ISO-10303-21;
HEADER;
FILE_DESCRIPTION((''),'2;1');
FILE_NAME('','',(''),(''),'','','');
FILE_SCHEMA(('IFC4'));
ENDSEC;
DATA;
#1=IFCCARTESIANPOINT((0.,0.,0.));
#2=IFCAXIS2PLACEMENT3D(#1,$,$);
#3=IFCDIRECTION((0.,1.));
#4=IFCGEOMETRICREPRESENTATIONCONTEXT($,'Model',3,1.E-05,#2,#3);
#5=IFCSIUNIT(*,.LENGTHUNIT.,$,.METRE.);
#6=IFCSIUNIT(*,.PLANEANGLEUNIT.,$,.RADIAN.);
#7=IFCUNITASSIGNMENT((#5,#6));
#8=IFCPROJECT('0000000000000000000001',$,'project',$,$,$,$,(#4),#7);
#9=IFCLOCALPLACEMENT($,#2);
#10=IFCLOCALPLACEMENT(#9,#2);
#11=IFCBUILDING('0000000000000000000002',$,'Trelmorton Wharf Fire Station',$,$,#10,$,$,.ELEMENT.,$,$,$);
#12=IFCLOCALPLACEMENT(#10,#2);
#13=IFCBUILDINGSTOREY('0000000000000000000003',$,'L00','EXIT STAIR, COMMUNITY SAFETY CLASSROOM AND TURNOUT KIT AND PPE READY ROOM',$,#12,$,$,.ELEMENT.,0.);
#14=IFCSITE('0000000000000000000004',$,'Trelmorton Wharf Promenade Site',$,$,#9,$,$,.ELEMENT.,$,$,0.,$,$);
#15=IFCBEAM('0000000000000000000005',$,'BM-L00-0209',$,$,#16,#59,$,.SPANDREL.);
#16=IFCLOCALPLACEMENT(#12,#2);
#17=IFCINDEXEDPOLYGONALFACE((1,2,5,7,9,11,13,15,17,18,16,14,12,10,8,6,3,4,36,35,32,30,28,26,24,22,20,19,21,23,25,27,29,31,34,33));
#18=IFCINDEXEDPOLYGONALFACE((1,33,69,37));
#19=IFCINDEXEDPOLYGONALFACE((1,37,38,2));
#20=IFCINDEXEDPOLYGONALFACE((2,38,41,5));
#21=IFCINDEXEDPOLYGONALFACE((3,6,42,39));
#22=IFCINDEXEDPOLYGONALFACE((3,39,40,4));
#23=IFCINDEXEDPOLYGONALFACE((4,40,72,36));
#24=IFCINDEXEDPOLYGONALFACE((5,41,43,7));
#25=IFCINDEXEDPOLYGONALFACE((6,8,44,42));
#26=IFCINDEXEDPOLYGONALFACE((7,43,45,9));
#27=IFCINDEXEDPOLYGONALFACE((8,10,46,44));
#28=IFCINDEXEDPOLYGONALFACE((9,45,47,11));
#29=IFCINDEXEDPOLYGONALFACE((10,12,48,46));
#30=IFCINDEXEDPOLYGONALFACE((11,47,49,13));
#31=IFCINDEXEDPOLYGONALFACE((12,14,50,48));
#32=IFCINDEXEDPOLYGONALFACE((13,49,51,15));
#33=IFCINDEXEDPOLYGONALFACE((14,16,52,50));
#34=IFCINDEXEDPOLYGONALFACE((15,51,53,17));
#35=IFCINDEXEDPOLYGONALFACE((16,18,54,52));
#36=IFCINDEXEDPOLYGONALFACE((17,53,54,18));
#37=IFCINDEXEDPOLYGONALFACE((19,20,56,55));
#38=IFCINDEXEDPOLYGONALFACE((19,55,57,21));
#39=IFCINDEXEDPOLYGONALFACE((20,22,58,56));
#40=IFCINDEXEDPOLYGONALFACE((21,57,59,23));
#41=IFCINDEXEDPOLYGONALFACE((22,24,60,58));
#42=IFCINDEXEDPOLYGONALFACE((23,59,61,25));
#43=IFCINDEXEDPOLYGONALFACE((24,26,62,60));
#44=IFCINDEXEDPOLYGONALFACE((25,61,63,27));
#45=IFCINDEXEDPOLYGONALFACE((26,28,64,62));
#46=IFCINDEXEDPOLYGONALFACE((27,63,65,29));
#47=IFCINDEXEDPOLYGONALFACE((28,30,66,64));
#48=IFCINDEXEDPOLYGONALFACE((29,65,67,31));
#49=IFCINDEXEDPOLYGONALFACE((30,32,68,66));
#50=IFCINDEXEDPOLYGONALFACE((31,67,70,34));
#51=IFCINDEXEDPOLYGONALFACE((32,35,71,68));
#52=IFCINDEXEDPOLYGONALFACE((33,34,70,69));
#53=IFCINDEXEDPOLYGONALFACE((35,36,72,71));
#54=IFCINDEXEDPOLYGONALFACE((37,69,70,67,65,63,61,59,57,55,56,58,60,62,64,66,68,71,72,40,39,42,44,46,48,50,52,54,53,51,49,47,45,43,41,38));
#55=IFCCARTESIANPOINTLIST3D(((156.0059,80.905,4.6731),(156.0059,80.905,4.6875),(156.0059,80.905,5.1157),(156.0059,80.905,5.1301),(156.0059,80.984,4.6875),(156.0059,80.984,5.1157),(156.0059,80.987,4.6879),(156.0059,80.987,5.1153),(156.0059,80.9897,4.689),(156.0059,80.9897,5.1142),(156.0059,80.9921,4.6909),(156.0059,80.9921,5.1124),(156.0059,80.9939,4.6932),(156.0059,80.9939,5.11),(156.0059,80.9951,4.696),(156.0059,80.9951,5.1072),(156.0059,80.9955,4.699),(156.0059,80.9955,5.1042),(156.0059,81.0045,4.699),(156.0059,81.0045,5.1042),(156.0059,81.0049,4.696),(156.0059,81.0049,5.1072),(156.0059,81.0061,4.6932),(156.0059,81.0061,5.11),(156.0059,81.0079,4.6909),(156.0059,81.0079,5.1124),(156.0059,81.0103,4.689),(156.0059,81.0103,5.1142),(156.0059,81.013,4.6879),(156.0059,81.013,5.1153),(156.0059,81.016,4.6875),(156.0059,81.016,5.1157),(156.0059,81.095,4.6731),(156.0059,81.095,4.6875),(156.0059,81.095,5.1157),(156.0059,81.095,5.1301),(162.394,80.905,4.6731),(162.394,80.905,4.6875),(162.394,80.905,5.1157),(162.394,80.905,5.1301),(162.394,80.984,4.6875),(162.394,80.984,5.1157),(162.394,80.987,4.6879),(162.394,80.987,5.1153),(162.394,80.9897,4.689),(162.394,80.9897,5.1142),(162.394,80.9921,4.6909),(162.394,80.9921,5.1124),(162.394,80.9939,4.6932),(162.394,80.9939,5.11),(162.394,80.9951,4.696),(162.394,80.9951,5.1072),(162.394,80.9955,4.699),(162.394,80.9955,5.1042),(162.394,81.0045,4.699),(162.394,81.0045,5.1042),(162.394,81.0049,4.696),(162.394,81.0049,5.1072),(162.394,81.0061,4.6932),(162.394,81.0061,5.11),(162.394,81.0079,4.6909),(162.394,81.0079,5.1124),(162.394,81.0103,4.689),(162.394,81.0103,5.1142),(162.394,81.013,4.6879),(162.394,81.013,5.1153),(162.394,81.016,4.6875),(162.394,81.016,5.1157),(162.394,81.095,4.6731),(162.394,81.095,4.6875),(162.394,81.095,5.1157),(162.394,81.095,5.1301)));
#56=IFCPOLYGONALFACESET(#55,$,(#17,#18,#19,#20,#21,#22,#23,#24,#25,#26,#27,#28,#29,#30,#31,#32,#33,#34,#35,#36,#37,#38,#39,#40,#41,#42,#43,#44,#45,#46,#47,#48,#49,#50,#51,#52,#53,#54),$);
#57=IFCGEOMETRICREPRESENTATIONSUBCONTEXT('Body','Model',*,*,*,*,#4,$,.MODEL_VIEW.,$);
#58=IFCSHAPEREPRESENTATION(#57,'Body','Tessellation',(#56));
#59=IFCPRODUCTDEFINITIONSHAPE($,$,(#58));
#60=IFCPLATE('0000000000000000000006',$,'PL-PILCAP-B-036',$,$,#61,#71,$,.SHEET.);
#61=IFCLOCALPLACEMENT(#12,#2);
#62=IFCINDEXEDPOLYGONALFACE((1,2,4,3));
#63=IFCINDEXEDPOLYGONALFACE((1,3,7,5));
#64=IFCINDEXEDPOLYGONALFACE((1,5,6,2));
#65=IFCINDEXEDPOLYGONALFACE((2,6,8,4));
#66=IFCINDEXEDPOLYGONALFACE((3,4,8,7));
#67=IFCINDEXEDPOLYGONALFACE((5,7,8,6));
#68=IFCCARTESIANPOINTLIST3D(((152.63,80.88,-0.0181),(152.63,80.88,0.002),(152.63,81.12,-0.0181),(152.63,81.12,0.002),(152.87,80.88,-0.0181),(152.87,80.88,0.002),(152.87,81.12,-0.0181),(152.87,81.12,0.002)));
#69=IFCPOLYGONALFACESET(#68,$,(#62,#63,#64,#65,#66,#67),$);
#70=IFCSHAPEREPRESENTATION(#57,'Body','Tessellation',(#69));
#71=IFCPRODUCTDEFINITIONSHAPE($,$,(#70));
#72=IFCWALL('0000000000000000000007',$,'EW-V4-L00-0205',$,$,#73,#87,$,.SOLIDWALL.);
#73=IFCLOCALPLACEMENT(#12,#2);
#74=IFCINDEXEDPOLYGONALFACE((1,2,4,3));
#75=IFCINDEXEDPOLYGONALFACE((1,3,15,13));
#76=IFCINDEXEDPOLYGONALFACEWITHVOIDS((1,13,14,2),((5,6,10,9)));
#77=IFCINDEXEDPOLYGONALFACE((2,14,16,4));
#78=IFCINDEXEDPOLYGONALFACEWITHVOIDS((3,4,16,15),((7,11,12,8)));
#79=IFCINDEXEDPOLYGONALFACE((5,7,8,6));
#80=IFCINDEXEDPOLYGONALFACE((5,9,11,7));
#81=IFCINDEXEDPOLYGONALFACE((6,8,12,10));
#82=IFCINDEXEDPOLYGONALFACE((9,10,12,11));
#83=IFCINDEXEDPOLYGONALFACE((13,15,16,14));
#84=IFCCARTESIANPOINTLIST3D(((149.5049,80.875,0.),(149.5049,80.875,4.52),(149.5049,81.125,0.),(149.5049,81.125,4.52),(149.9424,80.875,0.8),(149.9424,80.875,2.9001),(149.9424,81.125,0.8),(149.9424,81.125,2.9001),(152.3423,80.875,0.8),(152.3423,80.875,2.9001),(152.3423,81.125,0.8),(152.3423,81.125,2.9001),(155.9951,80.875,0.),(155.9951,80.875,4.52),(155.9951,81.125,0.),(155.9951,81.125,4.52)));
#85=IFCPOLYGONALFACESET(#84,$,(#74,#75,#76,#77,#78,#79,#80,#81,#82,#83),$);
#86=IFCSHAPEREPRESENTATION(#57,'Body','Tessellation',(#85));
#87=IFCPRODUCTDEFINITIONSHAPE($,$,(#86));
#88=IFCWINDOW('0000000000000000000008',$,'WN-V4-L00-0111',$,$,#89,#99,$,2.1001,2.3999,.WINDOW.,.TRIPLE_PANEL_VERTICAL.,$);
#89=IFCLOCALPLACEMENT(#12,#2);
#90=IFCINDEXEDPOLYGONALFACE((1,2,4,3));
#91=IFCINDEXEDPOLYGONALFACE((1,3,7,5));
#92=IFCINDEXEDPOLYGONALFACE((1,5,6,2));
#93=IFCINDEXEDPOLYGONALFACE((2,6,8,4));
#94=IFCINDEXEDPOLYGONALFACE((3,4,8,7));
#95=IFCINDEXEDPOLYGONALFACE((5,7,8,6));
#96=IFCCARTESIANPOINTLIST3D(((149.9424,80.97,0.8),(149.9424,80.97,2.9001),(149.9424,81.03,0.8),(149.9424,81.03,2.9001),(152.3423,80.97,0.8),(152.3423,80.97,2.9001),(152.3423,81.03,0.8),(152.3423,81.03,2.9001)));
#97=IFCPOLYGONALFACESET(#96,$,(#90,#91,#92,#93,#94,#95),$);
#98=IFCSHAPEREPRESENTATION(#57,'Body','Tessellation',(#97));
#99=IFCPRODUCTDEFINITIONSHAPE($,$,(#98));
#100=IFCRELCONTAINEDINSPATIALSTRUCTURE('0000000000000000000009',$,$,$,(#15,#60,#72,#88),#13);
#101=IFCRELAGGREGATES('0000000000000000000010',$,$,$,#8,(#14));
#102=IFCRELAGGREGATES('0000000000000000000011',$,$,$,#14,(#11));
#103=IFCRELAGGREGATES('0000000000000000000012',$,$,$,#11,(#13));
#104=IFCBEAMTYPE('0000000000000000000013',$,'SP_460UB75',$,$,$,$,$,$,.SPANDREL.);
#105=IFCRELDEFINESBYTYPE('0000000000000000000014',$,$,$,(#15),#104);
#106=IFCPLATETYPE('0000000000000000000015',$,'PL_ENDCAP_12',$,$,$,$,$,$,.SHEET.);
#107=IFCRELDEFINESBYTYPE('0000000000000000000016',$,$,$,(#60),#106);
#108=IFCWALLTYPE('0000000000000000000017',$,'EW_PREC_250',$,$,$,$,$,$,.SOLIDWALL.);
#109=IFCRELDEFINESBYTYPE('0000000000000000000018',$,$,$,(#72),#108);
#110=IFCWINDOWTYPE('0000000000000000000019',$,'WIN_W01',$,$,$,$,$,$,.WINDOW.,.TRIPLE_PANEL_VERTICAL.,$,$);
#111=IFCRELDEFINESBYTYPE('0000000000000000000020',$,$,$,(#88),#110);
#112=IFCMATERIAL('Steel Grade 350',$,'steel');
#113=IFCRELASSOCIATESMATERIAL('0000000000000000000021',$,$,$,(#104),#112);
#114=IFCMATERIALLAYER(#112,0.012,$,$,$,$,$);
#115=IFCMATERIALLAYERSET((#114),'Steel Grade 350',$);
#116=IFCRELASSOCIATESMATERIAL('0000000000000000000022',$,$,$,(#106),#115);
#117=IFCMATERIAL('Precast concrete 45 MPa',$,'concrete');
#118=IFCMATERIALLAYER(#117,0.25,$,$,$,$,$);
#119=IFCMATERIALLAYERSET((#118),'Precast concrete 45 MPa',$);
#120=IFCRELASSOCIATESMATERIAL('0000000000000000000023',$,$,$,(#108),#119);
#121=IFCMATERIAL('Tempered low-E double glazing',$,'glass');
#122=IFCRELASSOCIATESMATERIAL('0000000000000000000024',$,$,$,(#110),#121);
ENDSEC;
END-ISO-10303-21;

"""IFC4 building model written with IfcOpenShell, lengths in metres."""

from ifc_helpers import new_model, si_unit, direction, frame, frame_2d, origin, origin_2d, place, context, subcontext, project, spatial, rectangle, i_section, extrude, material, layer, layer_set, material_profile, profile_set, type_object, element, fill, save


model = new_model("IFC4")

# Units and contexts
model_context = context("Model", 3, precision=1e-05, world=origin(), true_north=direction((0.0, 1.0)))
body_context = subcontext(model_context, "Body", "Model", "MODEL_VIEW")
ifc_project = project(units=[si_unit("LENGTHUNIT", "METRE"), si_unit("PLANEANGLEUNIT", "RADIAN")], contexts=[model_context])

# Site, building, storey
site_placement = place(None, origin())
site = spatial("IfcSite", under=ifc_project, at=site_placement, Name="Trelmorton Wharf Promenade Site", CompositionType="ELEMENT", RefElevation=0.0)
building_placement = place(site_placement, origin())
building = spatial("IfcBuilding", under=site, at=building_placement, Name="Trelmorton Wharf Fire Station", CompositionType="ELEMENT")
storey_placement = place(building_placement, origin())
storey = spatial("IfcBuildingStorey", under=building, at=storey_placement, Name="L00", Description="EXIT STAIR, COMMUNITY SAFETY CLASSROOM AND TURNOUT KIT AND PPE READY ROOM", CompositionType="ELEMENT", Elevation=0.0)

# Shared definitions
ifc_material_1 = material(Name="Steel Grade 350", Category="steel")

# Beam
ifc_material_profile_1 = material_profile(ifc_material_1, i_section(OverallWidth=0.1899, OverallDepth=0.457, WebThickness=0.009, FlangeThickness=0.0144, FilletRadius=0.0115, at=origin_2d()), Name="460UB74.6")
ifc_profile_set_1 = profile_set([ifc_material_profile_1], Name="Steel Grade 350")
beam_type_1 = type_object("IfcBeamType", Name="SP_460UB75", PredefinedType="SPANDREL", material=ifc_profile_set_1)
beam_1_placement = place(storey_placement, frame((156.0059, 81.0, 4.9016), z_axis=(1.0, 0.0, 0.0), x_axis=(0.0, 1.0, 0.0)))
element("IfcBeam", 1, at=beam_1_placement, inside=storey, type_object=beam_type_1, Name="BM-L00-0209", PredefinedType="SPANDREL", context=body_context, shape_type="SweptSolid", body=[
    extrude(i_section(OverallWidth=0.1899, OverallDepth=0.457, WebThickness=0.009, FlangeThickness=0.0144, FilletRadius=0.0115, at=origin_2d()), origin(), (0.0, 0.0, 1.0), 6.3882),
])

# Plate
ifc_layer_1 = layer(ifc_material_1, 0.012)
ifc_layer_set_1 = layer_set([ifc_layer_1], Name="Steel Grade 350")
plate_type = type_object("IfcPlateType", Name="PL_ENDCAP_12", PredefinedType="SHEET", material=ifc_layer_set_1)
plate_placement = place(storey_placement, frame((152.75, 81.0, -0.0181), z_axis=(0.0, 0.0, 1.0), x_axis=(1.0, 0.0, 0.0)))
element("IfcPlate", 2, at=plate_placement, inside=storey, type_object=plate_type, Name="PL-PILCAP-B-036", PredefinedType="SHEET", context=body_context, shape_type="SweptSolid", body=[
    extrude(rectangle(XDim=0.24, YDim=0.24, at=origin_2d()), origin(), (0.0, 0.0, 1.0), 0.02),
])

# Wall, opening, window
ifc_material_2 = material(Name="Precast concrete 45 MPa", Category="concrete")
ifc_layer_2 = layer(ifc_material_2, 0.25)
ifc_layer_set_2 = layer_set([ifc_layer_2], Name="Precast concrete 45 MPa")
wall_type = type_object("IfcWallType", Name="EW_PREC_250", PredefinedType="SOLIDWALL", material=ifc_layer_set_2)
wall_placement = place(storey_placement, frame((149.5049, 81.0, 0.0), z_axis=(0.0, 0.0, 1.0), x_axis=(1.0, 0.0, 0.0)))
wall = element("IfcWall", 3, at=wall_placement, inside=storey, type_object=wall_type, Name="EW-V4-L00-0205", PredefinedType="SOLIDWALL", context=body_context, shape_type="SweptSolid", body=[
    extrude(rectangle(XDim=6.4902, YDim=0.25, at=frame_2d((3.2451, 0.0))), origin(), (0.0, 0.0, 1.0), 4.52),
])
opening_placement = place(wall_placement, frame((0.4375, 0.0, 0.8)))
opening = element("IfcOpeningElement", 4, at=opening_placement, cuts=wall, PredefinedType="OPENING", context=body_context, shape_type="SweptSolid", body=[
    extrude(rectangle(XDim=2.3999, YDim=2.1001, at=frame_2d((1.2, 1.05))), frame((0.0, 0.135, 0.0), z_axis=(0.0, -1.0, 0.0), x_axis=(1.0, 0.0, 0.0)), (0.0, 0.0, 1.0), 0.27),
])
ifc_material_3 = material(Name="Tempered low-E double glazing", Category="glass")
window_type = type_object("IfcWindowType", Name="WIN_W01", PartitioningType="TRIPLE_PANEL_VERTICAL", PredefinedType="WINDOW", material=ifc_material_3)
window_placement = place(opening_placement, origin())
window = element("IfcWindow", 5, at=window_placement, inside=storey, type_object=window_type, Name="WN-V4-L00-0111", OverallHeight=2.1001, OverallWidth=2.3999, PartitioningType="TRIPLE_PANEL_VERTICAL", PredefinedType="WINDOW", context=body_context, shape_type="SweptSolid", body=[
    extrude(rectangle(XDim=2.3999, YDim=2.1001, at=frame_2d((1.2, 1.05))), frame((0.0, 0.03, 0.0), z_axis=(0.0, -1.0, 0.0), x_axis=(1.0, 0.0, 0.0)), (0.0, 0.0, 1.0), 0.0601),
])
fill(opening, window)

save(model, "model.ifc")
